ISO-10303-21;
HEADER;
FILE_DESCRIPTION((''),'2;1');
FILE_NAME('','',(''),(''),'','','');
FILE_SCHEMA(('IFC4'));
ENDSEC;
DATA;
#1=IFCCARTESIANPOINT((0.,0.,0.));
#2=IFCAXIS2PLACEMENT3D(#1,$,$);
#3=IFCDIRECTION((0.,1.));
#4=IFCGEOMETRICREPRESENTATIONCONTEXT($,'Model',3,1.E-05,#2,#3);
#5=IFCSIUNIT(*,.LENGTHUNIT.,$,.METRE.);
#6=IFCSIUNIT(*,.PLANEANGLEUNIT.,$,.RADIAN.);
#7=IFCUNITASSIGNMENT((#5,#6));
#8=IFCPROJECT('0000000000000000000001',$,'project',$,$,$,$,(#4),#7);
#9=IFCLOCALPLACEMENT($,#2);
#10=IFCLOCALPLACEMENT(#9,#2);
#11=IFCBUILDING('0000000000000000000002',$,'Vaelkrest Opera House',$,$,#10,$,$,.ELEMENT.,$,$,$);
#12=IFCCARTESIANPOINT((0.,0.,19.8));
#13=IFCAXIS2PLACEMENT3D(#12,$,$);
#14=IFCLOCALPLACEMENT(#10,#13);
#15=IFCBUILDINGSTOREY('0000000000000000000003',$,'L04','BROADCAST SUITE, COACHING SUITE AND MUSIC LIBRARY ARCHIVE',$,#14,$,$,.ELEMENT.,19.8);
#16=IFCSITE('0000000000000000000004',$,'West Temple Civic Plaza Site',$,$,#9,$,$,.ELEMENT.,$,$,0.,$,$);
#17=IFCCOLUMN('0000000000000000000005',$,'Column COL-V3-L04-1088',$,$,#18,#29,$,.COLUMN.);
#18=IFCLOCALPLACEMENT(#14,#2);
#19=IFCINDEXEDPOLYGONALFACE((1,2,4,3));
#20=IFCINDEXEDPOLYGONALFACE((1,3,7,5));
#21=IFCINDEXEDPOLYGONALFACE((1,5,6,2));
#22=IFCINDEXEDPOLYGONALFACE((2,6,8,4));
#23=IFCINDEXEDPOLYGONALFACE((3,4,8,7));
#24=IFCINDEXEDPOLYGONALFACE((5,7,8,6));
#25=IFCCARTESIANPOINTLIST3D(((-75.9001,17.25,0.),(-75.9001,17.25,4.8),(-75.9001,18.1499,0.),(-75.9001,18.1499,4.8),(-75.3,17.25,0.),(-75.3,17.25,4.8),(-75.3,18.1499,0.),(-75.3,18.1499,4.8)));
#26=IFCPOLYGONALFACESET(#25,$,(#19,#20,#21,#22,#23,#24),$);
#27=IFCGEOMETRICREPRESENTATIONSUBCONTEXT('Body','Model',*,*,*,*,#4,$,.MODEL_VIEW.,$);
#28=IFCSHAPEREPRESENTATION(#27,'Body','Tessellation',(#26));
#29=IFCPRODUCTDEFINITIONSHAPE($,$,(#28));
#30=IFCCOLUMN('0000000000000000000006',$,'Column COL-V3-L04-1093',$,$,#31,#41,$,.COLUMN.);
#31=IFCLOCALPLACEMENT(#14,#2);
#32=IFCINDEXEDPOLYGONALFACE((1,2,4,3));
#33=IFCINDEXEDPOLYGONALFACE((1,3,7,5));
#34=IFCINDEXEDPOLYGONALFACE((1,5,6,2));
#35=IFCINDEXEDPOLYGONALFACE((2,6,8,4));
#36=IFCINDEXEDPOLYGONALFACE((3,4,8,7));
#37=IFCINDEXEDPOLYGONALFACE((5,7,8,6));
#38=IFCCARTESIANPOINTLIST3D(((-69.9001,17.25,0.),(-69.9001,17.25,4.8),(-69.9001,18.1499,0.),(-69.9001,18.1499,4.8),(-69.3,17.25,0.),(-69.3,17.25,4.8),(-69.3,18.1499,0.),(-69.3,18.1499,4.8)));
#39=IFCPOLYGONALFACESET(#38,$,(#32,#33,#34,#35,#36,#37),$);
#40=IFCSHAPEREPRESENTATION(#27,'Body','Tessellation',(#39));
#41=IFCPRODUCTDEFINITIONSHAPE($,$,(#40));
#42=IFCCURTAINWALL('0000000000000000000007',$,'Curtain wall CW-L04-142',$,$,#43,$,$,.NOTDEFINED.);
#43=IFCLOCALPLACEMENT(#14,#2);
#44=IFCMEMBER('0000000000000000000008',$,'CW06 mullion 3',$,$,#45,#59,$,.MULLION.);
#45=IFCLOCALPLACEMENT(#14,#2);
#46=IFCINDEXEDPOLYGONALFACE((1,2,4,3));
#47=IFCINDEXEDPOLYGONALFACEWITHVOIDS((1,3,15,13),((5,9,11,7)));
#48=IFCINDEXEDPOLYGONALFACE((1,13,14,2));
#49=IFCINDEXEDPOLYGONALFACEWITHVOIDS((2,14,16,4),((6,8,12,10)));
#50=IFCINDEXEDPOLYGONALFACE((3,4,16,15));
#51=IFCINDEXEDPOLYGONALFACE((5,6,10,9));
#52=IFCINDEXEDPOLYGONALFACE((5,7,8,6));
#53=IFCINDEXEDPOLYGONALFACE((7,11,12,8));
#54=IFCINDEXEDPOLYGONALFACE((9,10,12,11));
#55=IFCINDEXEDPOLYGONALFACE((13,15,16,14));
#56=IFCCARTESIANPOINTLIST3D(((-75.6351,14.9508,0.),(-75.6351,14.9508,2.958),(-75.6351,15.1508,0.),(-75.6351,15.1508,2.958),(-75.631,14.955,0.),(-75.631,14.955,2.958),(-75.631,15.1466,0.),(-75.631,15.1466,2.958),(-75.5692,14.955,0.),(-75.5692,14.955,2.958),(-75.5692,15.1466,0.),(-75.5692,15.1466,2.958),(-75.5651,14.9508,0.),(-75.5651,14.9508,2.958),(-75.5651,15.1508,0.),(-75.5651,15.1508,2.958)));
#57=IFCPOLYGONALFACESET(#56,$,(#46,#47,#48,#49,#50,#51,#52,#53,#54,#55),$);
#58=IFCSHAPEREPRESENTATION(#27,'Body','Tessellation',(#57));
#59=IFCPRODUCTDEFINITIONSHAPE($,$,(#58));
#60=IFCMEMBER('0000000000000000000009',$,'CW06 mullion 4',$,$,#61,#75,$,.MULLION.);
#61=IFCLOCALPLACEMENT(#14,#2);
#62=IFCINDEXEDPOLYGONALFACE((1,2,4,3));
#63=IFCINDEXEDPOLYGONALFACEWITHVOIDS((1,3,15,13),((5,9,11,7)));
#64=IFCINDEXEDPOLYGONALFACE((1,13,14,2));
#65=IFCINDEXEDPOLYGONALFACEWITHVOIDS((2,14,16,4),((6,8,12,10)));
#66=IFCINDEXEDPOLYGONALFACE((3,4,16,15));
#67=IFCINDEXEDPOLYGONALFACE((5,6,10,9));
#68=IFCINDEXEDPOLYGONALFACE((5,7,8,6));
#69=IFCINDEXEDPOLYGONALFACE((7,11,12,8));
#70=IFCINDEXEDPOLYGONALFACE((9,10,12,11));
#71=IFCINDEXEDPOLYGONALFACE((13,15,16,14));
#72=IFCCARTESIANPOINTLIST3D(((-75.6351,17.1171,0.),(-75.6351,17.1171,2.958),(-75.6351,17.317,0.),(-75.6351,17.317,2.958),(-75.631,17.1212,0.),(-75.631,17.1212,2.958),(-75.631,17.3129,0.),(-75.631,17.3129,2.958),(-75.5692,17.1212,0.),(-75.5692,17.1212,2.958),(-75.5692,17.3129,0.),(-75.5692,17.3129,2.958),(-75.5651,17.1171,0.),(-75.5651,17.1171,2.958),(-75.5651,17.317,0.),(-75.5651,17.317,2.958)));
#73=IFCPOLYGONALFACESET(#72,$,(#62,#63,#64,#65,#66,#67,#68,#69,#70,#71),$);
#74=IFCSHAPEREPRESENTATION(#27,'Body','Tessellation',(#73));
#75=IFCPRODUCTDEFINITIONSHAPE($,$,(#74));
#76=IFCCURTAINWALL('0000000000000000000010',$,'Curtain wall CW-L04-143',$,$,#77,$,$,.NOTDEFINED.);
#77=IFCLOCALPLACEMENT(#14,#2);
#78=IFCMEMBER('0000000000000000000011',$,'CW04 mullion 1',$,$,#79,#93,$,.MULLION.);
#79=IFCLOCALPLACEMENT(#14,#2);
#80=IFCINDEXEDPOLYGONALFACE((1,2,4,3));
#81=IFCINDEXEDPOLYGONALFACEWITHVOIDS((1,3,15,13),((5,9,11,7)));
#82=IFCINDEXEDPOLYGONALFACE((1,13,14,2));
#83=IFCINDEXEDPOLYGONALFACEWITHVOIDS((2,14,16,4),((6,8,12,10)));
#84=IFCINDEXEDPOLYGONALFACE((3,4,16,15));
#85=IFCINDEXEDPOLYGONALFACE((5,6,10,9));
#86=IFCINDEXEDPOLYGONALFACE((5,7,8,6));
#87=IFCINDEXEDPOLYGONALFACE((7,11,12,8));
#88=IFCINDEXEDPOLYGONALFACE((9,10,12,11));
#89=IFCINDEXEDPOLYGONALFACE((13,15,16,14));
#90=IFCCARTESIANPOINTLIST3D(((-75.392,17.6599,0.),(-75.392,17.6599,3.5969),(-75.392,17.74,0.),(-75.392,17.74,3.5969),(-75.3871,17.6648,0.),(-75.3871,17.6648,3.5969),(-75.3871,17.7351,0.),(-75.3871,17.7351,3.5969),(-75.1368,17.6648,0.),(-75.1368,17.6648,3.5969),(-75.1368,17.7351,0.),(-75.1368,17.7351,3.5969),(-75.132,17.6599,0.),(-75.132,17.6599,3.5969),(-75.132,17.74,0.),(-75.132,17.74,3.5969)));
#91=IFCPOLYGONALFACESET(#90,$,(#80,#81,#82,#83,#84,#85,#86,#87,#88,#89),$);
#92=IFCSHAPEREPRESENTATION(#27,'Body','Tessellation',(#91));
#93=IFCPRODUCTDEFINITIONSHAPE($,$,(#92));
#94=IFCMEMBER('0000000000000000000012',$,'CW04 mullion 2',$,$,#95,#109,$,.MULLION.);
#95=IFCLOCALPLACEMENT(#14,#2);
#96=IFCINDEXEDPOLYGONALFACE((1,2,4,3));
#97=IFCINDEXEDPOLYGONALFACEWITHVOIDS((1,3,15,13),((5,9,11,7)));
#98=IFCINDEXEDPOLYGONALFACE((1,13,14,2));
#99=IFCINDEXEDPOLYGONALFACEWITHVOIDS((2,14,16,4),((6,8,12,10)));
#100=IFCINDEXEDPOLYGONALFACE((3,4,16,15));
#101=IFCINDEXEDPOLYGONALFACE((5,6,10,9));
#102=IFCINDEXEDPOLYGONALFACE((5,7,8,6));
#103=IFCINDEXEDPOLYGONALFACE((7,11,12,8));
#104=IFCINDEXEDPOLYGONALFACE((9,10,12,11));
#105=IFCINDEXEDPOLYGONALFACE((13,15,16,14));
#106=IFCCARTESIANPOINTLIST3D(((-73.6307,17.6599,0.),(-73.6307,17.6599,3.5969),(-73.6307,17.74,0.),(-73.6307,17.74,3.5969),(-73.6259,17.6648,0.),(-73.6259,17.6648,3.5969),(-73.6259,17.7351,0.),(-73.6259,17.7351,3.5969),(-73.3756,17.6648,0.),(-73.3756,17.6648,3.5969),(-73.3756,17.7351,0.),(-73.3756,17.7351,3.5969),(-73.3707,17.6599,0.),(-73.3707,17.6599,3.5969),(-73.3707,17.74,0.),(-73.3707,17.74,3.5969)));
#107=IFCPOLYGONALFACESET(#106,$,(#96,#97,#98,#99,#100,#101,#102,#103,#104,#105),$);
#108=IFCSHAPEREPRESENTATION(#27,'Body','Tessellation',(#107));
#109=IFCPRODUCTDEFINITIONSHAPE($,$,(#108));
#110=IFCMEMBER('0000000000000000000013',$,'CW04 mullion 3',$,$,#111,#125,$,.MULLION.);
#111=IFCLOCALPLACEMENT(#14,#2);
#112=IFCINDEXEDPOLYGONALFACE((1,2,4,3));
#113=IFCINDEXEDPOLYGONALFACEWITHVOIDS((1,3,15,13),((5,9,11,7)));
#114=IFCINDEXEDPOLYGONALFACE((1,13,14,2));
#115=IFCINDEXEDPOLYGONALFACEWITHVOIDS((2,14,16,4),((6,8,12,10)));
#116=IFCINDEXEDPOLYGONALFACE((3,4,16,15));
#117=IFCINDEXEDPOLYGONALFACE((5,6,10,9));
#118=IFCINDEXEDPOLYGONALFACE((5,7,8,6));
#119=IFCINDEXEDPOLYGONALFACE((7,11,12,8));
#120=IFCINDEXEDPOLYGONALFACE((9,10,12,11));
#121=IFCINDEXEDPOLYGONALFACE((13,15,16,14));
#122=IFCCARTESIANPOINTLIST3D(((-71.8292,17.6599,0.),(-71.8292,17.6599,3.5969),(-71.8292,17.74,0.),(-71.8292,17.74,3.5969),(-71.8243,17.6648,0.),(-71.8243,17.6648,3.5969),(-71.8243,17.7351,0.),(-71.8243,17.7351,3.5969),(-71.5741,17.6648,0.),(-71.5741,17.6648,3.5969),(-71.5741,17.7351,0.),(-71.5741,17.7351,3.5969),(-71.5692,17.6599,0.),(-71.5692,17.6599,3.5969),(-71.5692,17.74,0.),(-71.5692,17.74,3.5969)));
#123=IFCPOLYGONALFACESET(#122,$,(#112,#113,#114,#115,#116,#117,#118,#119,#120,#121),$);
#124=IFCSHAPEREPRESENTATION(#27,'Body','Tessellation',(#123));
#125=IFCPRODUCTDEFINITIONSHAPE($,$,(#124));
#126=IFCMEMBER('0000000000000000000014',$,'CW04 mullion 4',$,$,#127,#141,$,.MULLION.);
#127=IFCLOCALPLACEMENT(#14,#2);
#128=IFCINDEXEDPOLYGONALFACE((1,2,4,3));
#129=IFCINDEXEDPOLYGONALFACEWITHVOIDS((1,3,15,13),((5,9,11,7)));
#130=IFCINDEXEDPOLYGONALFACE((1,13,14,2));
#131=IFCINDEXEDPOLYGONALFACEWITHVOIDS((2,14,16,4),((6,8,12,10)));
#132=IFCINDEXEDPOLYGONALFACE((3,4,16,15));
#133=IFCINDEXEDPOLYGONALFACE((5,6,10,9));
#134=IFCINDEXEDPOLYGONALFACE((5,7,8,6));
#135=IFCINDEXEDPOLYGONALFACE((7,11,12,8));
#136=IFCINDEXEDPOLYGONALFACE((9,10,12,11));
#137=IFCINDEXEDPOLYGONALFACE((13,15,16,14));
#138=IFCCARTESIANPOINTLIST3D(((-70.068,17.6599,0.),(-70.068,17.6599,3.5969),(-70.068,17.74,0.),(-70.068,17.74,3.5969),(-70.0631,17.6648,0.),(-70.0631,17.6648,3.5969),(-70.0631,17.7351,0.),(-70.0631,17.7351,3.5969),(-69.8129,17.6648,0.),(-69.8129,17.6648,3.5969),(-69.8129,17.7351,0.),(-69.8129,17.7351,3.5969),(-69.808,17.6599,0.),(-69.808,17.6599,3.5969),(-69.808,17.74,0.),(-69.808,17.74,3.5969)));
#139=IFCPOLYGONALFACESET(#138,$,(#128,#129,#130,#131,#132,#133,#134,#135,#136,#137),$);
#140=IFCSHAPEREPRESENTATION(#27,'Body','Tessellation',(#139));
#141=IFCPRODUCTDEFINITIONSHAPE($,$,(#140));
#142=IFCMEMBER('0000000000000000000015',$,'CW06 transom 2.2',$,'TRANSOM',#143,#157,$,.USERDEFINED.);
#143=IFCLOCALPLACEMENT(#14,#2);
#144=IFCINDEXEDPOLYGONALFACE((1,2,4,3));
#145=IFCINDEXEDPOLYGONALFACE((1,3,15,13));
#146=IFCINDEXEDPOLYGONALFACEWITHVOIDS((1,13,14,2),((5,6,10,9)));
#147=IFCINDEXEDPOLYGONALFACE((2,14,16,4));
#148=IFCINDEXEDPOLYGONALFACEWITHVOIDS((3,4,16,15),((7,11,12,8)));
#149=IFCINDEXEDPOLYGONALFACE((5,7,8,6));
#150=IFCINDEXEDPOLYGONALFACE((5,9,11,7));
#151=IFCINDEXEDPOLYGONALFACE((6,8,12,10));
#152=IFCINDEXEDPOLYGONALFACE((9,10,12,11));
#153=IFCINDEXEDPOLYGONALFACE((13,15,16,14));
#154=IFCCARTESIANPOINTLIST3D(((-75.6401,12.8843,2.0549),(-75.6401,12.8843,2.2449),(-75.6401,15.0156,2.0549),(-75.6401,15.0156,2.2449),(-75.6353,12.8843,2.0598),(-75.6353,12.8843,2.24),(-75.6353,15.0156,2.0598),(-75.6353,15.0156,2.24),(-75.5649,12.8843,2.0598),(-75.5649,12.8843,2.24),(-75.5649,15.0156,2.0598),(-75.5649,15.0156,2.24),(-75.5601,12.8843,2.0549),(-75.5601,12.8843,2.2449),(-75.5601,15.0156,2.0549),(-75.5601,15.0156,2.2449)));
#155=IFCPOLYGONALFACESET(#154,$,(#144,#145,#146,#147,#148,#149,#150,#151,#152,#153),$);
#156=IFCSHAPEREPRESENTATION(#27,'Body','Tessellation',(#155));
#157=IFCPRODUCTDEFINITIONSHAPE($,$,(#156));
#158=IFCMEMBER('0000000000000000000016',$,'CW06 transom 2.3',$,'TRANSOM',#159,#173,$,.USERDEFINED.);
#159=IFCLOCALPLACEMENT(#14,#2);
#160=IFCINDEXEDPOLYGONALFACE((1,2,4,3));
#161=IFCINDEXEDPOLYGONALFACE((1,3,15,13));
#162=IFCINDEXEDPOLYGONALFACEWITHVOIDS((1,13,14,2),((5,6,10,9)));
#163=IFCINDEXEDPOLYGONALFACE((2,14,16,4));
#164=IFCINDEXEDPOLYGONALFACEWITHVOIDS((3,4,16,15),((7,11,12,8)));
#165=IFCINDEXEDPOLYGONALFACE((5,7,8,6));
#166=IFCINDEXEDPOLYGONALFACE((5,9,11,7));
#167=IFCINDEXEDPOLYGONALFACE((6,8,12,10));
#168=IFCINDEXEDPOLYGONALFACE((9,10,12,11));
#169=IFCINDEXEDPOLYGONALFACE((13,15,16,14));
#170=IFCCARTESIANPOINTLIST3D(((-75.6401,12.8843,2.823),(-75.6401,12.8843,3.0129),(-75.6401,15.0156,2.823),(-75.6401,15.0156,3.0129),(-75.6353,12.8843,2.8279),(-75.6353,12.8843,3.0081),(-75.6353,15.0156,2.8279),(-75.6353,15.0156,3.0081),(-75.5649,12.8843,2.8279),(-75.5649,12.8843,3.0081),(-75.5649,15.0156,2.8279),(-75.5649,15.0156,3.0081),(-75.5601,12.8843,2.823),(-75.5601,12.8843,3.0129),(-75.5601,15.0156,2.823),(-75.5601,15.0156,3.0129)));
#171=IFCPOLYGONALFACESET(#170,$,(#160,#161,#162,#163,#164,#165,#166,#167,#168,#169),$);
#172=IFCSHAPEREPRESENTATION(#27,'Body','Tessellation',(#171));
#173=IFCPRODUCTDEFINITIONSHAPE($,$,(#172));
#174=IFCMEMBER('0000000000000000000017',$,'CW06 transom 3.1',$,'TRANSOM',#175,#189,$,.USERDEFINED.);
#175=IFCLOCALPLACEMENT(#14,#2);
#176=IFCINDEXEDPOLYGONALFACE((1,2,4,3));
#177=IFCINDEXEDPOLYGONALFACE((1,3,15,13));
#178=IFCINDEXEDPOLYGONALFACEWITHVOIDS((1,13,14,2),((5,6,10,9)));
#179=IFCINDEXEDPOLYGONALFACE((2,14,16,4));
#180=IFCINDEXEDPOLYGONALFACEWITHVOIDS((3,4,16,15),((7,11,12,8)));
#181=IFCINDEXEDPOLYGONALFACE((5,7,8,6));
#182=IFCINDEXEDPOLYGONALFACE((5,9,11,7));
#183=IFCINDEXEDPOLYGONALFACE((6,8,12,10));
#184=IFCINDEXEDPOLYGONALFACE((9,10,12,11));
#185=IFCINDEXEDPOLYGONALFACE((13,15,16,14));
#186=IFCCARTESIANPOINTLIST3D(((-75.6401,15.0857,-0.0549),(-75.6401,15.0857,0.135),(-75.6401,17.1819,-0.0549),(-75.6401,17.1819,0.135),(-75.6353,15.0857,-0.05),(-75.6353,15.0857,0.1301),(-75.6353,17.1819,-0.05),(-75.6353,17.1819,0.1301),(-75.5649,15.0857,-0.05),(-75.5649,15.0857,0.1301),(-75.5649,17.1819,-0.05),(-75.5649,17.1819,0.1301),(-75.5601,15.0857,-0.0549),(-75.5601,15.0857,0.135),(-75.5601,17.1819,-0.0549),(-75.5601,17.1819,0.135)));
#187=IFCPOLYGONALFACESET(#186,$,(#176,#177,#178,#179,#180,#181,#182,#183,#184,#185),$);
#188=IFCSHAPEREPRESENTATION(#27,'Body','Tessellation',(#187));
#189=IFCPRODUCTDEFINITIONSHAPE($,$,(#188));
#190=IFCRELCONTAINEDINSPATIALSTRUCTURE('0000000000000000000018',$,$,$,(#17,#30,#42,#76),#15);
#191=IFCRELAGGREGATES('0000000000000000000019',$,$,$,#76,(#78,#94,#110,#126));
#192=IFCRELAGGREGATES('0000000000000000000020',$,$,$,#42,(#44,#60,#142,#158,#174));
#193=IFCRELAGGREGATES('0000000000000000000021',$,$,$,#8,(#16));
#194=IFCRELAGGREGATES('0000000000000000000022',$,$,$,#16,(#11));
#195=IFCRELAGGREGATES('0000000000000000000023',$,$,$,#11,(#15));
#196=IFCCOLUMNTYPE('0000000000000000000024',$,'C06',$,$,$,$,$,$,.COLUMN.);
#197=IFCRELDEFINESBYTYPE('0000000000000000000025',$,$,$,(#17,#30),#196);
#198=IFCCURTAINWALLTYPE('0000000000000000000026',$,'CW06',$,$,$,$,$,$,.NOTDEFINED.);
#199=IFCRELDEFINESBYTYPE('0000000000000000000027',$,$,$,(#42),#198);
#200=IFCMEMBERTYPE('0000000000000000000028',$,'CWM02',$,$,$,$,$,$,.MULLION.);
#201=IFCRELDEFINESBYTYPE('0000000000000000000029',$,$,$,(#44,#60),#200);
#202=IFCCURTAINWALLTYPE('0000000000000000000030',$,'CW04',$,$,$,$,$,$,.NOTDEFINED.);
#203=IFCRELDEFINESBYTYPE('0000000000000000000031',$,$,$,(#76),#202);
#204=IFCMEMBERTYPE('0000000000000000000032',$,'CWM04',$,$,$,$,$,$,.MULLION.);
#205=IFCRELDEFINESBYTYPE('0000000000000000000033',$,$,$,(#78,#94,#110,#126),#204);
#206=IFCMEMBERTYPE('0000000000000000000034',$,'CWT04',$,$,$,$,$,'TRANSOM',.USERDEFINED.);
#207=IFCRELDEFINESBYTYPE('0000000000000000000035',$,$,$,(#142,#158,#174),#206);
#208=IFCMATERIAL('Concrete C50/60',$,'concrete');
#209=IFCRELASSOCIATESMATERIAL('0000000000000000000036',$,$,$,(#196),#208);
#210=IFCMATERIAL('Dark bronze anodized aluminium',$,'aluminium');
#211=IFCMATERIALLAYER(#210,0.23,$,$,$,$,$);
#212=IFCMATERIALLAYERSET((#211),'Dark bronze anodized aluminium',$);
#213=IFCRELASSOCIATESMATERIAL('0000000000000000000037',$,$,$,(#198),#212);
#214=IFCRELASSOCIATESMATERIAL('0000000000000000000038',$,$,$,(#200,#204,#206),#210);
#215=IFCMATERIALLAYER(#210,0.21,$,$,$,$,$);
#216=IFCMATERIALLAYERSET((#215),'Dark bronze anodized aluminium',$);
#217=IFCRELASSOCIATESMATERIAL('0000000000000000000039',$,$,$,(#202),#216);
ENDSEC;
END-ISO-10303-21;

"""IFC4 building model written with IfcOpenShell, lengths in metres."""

from ifc_helpers import new_model, si_unit, direction, frame, origin, origin_2d, place, context, subcontext, project, spatial, rectangle, hollow_rectangle, extrude, material, layer, layer_set, material_profile, profile_set, type_object, element, aggregate, save


model = new_model("IFC4")

# Units and contexts
model_context = context("Model", 3, precision=1e-05, world=origin(), true_north=direction((0.0, 1.0)))
body_context = subcontext(model_context, "Body", "Model", "MODEL_VIEW")
ifc_project = project(units=[si_unit("LENGTHUNIT", "METRE"), si_unit("PLANEANGLEUNIT", "RADIAN")], contexts=[model_context])

# Site, building, storey
site_placement = place(None, origin())
site = spatial("IfcSite", under=ifc_project, at=site_placement, Name="West Temple Civic Plaza Site", CompositionType="ELEMENT", RefElevation=0.0)
building_placement = place(site_placement, origin())
building = spatial("IfcBuilding", under=site, at=building_placement, Name="Vaelkrest Opera House", CompositionType="ELEMENT")
storey_placement = place(building_placement, frame((0.0, 0.0, 19.8)))
storey = spatial("IfcBuildingStorey", under=building, at=storey_placement, Name="L04", Description="BROADCAST SUITE, COACHING SUITE AND MUSIC LIBRARY ARCHIVE", CompositionType="ELEMENT", Elevation=19.8)

# Columns
ifc_material_1 = material(Name="Concrete C50/60", Category="concrete")
ifc_material_profile_1 = material_profile(ifc_material_1, rectangle(XDim=0.6001, YDim=0.8999, at=origin_2d()), Name="RC600X900")
ifc_profile_set_1 = profile_set([ifc_material_profile_1], Name="Concrete C50/60")
column_type = type_object("IfcColumnType", Name="C06", PredefinedType="COLUMN", material=ifc_profile_set_1)
for number, where, z_axis, x_axis, name in (
    (1, (-75.6001, 17.7, 0.0), (0.0, 0.0, 1.0), (1.0, 0.0, 0.0), "Column COL-V3-L04-1088"),
    (2, (-69.6001, 17.7, 0.0), (0.0, 0.0, 1.0), (1.0, 0.0, 0.0), "Column COL-V3-L04-1093"),
):
    element("IfcColumn", number, at=place(storey_placement, frame(where, z_axis=z_axis, x_axis=x_axis)), inside=storey, type_object=column_type, Name=name, PredefinedType="COLUMN", context=body_context, shape_type="SweptSolid", body=[
        extrude(rectangle(XDim=0.6001, YDim=0.8999, at=origin_2d()), origin(), (0.0, 0.0, 1.0), 4.8),
    ])

# Curtain walls, members
ifc_material_2 = material(Name="Dark bronze anodized aluminium", Category="aluminium")
ifc_layer_1 = layer(ifc_material_2, 0.23)
ifc_layer_set_1 = layer_set([ifc_layer_1], Name="Dark bronze anodized aluminium")
curtain_wall_type_1 = type_object("IfcCurtainWallType", Name="CW06", PredefinedType="NOTDEFINED", material=ifc_layer_set_1)
curtain_wall_1_placement = place(storey_placement, origin())
curtain_wall_1 = element("IfcCurtainWall", 3, at=curtain_wall_1_placement, inside=storey, type_object=curtain_wall_type_1, Name="Curtain wall CW-L04-142", PredefinedType="NOTDEFINED")
ifc_material_profile_2 = material_profile(ifc_material_2, hollow_rectangle(XDim=0.0701, YDim=0.2, WallThickness=0.0042, at=origin_2d()), Name="CWM70X200")
ifc_profile_set_2 = profile_set([ifc_material_profile_2], Name="Dark bronze anodized aluminium")
member_type_1 = type_object("IfcMemberType", Name="CWM02", PredefinedType="MULLION", material=ifc_profile_set_2)
member_1_placement = place(storey_placement, frame((-75.6001, 15.0508, 0.0), z_axis=(0.0, 0.0, 1.0), x_axis=(-1.0, 0.0, 0.0)))
member_1 = element("IfcMember", 4, at=member_1_placement, type_object=member_type_1, Name="CW06 mullion 3", PredefinedType="MULLION", context=body_context, shape_type="SweptSolid", body=[
    extrude(hollow_rectangle(XDim=0.0701, YDim=0.2, WallThickness=0.0042, at=origin_2d()), origin(), (0.0, 0.0, 1.0), 2.958),
])
member_2_placement = place(storey_placement, frame((-75.6001, 17.217, 0.0), z_axis=(0.0, 0.0, 1.0), x_axis=(-1.0, 0.0, 0.0)))
member_2 = element("IfcMember", 5, at=member_2_placement, type_object=member_type_1, Name="CW06 mullion 4", PredefinedType="MULLION", context=body_context, shape_type="SweptSolid", body=[
    extrude(hollow_rectangle(XDim=0.0701, YDim=0.2, WallThickness=0.0042, at=origin_2d()), origin(), (0.0, 0.0, 1.0), 2.958),
])
ifc_layer_2 = layer(ifc_material_2, 0.21)
ifc_layer_set_2 = layer_set([ifc_layer_2], Name="Dark bronze anodized aluminium")
curtain_wall_type_2 = type_object("IfcCurtainWallType", Name="CW04", PredefinedType="NOTDEFINED", material=ifc_layer_set_2)
curtain_wall_2_placement = place(storey_placement, origin())
curtain_wall_2 = element("IfcCurtainWall", 6, at=curtain_wall_2_placement, inside=storey, type_object=curtain_wall_type_2, Name="Curtain wall CW-L04-143", PredefinedType="NOTDEFINED")
ifc_material_profile_3 = material_profile(ifc_material_2, hollow_rectangle(XDim=0.0801, YDim=0.26, WallThickness=0.0049, at=origin_2d()), Name="CWM80X260")
ifc_profile_set_3 = profile_set([ifc_material_profile_3], Name="Dark bronze anodized aluminium")
member_type_2 = type_object("IfcMemberType", Name="CWM04", PredefinedType="MULLION", material=ifc_profile_set_3)
member_3_placement = place(storey_placement, frame((-75.262, 17.7, 0.0), z_axis=(0.0, 0.0, 1.0), x_axis=(0.0, 1.0, 0.0)))
member_3 = element("IfcMember", 7, at=member_3_placement, type_object=member_type_2, Name="CW04 mullion 1", PredefinedType="MULLION", context=body_context, shape_type="SweptSolid", body=[
    extrude(hollow_rectangle(XDim=0.0801, YDim=0.26, WallThickness=0.0049, at=origin_2d()), origin(), (0.0, 0.0, 1.0), 3.5969),
])
member_4_placement = place(storey_placement, frame((-73.5007, 17.7, 0.0), z_axis=(0.0, 0.0, 1.0), x_axis=(0.0, 1.0, 0.0)))
member_4 = element("IfcMember", 8, at=member_4_placement, type_object=member_type_2, Name="CW04 mullion 2", PredefinedType="MULLION", context=body_context, shape_type="SweptSolid", body=[
    extrude(hollow_rectangle(XDim=0.0801, YDim=0.26, WallThickness=0.0049, at=origin_2d()), origin(), (0.0, 0.0, 1.0), 3.5969),
])
member_5_placement = place(storey_placement, frame((-71.6992, 17.7, 0.0), z_axis=(0.0, 0.0, 1.0), x_axis=(0.0, 1.0, 0.0)))
member_5 = element("IfcMember", 9, at=member_5_placement, type_object=member_type_2, Name="CW04 mullion 3", PredefinedType="MULLION", context=body_context, shape_type="SweptSolid", body=[
    extrude(hollow_rectangle(XDim=0.0801, YDim=0.26, WallThickness=0.0049, at=origin_2d()), origin(), (0.0, 0.0, 1.0), 3.5969),
])
member_6_placement = place(storey_placement, frame((-69.938, 17.7, 0.0), z_axis=(0.0, 0.0, 1.0), x_axis=(0.0, 1.0, 0.0)))
member_6 = element("IfcMember", 10, at=member_6_placement, type_object=member_type_2, Name="CW04 mullion 4", PredefinedType="MULLION", context=body_context, shape_type="SweptSolid", body=[
    extrude(hollow_rectangle(XDim=0.0801, YDim=0.26, WallThickness=0.0049, at=origin_2d()), origin(), (0.0, 0.0, 1.0), 3.5969),
])

# Members
ifc_material_profile_4 = material_profile(ifc_material_2, hollow_rectangle(XDim=0.0801, YDim=0.1899, WallThickness=0.0049, at=origin_2d()), Name="CWT80X190")
ifc_profile_set_4 = profile_set([ifc_material_profile_4], Name="Dark bronze anodized aluminium")
member_type_3 = type_object("IfcMemberType", Name="CWT04", ElementType="TRANSOM", PredefinedType="USERDEFINED", material=ifc_profile_set_4)
member_7_placement = place(storey_placement, frame((-75.6001, 12.8843, 2.1499), z_axis=(0.0, 1.0, 0.0), x_axis=(-1.0, 0.0, 0.0)))
member_7 = element("IfcMember", 11, at=member_7_placement, type_object=member_type_3, Name="CW06 transom 2.2", ObjectType="TRANSOM", PredefinedType="USERDEFINED", context=body_context, shape_type="SweptSolid", body=[
    extrude(hollow_rectangle(XDim=0.0801, YDim=0.1899, WallThickness=0.0049, at=origin_2d()), origin(), (0.0, 0.0, 1.0), 2.1313),
])
member_8_placement = place(storey_placement, frame((-75.6001, 12.8843, 2.918), z_axis=(0.0, 1.0, 0.0), x_axis=(-1.0, 0.0, 0.0)))
member_8 = element("IfcMember", 12, at=member_8_placement, type_object=member_type_3, Name="CW06 transom 2.3", ObjectType="TRANSOM", PredefinedType="USERDEFINED", context=body_context, shape_type="SweptSolid", body=[
    extrude(hollow_rectangle(XDim=0.0801, YDim=0.1899, WallThickness=0.0049, at=origin_2d()), origin(), (0.0, 0.0, 1.0), 2.1313),
])
member_9_placement = place(storey_placement, frame((-75.6001, 15.0857, 0.04), z_axis=(0.0, 1.0, 0.0), x_axis=(-1.0, 0.0, 0.0)))
member_9 = element("IfcMember", 13, at=member_9_placement, type_object=member_type_3, Name="CW06 transom 3.1", ObjectType="TRANSOM", PredefinedType="USERDEFINED", context=body_context, shape_type="SweptSolid", body=[
    extrude(hollow_rectangle(XDim=0.0801, YDim=0.1899, WallThickness=0.0049, at=origin_2d()), origin(), (0.0, 0.0, 1.0), 2.0962),
])

aggregate(curtain_wall_2, [member_3, member_4, member_5, member_6])
aggregate(curtain_wall_1, [member_1, member_2, member_7, member_8, member_9])

save(model, "model.ifc")
